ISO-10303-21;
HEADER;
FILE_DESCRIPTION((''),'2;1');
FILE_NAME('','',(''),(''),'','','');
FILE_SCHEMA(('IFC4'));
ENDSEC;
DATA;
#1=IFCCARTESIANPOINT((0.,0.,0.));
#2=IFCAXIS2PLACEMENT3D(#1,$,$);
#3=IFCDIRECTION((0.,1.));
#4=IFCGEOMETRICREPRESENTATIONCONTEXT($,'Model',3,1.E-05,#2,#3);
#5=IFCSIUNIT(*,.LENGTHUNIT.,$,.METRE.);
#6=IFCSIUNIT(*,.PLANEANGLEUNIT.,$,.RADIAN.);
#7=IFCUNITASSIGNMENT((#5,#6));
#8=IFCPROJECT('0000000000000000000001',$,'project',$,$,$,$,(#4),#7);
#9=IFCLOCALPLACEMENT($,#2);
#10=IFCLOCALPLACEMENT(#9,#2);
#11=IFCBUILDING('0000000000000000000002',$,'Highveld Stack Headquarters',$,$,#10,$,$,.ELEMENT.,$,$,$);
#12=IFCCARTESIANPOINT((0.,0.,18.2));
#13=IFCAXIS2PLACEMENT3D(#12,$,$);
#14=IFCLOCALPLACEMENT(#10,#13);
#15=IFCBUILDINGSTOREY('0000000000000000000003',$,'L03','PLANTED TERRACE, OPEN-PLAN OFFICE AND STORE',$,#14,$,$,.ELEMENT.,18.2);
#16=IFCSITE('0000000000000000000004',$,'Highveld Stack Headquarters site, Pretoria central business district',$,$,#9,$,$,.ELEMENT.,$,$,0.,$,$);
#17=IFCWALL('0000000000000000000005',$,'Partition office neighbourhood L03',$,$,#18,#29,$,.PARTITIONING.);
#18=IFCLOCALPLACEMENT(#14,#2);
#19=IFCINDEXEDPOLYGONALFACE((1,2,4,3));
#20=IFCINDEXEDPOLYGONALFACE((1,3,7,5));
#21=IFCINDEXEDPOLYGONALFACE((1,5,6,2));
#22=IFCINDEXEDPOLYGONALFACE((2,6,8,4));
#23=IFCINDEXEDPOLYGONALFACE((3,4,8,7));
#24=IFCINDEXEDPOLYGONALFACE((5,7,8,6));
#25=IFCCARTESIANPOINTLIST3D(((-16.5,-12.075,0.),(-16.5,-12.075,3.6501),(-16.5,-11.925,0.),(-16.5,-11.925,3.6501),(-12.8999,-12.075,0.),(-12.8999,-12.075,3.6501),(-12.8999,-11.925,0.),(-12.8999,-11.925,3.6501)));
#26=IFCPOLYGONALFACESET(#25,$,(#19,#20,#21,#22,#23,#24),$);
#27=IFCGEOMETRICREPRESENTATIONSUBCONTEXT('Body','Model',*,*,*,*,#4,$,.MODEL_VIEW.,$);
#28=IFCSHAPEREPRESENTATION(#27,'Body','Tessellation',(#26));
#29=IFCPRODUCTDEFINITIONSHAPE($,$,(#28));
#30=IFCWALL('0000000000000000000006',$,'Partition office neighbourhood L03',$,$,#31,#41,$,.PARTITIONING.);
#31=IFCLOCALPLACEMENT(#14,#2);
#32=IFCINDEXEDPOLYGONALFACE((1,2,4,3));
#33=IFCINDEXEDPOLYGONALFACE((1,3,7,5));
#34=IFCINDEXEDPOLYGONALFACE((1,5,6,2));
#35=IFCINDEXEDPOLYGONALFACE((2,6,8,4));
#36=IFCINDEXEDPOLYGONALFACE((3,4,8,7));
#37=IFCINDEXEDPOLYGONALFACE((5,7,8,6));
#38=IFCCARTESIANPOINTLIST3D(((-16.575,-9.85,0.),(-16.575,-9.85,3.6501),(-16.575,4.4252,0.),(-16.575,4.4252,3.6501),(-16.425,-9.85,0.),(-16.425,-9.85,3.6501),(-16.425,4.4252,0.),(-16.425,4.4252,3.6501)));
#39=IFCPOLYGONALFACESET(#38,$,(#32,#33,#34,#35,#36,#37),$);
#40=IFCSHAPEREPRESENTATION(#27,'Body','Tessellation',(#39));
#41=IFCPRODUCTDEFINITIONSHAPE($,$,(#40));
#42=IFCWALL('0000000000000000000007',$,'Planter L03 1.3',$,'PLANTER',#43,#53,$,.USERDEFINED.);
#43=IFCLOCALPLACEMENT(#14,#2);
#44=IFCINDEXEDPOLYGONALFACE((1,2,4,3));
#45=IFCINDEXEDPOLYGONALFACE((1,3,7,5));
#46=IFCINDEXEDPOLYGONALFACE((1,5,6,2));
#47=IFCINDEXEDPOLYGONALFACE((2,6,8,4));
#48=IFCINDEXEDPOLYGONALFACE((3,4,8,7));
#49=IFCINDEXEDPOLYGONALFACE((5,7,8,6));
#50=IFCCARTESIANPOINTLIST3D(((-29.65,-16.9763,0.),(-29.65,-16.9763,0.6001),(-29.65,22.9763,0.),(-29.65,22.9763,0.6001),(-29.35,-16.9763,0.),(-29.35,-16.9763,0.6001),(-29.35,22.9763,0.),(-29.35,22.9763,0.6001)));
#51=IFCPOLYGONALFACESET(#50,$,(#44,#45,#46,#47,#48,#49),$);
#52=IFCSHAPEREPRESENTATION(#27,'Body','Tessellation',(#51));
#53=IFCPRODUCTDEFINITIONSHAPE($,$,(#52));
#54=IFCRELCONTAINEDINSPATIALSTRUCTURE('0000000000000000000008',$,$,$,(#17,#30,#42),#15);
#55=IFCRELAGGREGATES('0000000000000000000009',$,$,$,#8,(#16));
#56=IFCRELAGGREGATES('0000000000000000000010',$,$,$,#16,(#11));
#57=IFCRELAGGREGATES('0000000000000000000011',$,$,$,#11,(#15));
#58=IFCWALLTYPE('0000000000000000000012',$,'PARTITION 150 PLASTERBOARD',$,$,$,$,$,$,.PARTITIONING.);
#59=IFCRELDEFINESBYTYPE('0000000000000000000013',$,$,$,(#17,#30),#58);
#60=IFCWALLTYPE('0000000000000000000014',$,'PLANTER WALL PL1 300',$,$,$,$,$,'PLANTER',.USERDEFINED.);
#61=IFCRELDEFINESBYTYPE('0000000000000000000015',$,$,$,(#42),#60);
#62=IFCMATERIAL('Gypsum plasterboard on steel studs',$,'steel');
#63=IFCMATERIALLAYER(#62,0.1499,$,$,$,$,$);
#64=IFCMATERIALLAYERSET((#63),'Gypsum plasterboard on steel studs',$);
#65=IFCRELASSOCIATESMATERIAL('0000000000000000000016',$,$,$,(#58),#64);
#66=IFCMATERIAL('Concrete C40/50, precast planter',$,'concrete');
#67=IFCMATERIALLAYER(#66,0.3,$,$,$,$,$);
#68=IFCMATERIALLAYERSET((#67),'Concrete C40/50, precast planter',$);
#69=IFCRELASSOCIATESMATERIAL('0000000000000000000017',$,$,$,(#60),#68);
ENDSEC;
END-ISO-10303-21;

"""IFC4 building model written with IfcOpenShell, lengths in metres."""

from ifc_helpers import new_model, si_unit, direction, frame, frame_2d, origin, place, context, subcontext, project, spatial, rectangle, extrude, material, layer, layer_set, type_object, element, save


model = new_model("IFC4")

# Units and contexts
model_context = context("Model", 3, precision=1e-05, world=origin(), true_north=direction((0.0, 1.0)))
body_context = subcontext(model_context, "Body", "Model", "MODEL_VIEW")
ifc_project = project(units=[si_unit("LENGTHUNIT", "METRE"), si_unit("PLANEANGLEUNIT", "RADIAN")], contexts=[model_context])

# Site, building, storey
site_placement = place(None, origin())
site = spatial("IfcSite", under=ifc_project, at=site_placement, Name="Highveld Stack Headquarters site, Pretoria central business district", CompositionType="ELEMENT", RefElevation=0.0)
building_placement = place(site_placement, origin())
building = spatial("IfcBuilding", under=site, at=building_placement, Name="Highveld Stack Headquarters", CompositionType="ELEMENT")
storey_placement = place(building_placement, frame((0.0, 0.0, 18.2)))
storey = spatial("IfcBuildingStorey", under=building, at=storey_placement, Name="L03", Description="PLANTED TERRACE, OPEN-PLAN OFFICE AND STORE", CompositionType="ELEMENT", Elevation=18.2)

# Shared definitions
ifc_material_1 = material(Name="Gypsum plasterboard on steel studs", Category="steel")
ifc_layer_1 = layer(ifc_material_1, 0.1499)
ifc_layer_set_1 = layer_set([ifc_layer_1], Name="Gypsum plasterboard on steel studs")
wall_type_1 = type_object("IfcWallType", Name="PARTITION 150 PLASTERBOARD", PredefinedType="PARTITIONING", material=ifc_layer_set_1)

# Walls
wall_1_placement = place(storey_placement, frame((-16.5, -12.0, 0.0), z_axis=(0.0, 0.0, 1.0), x_axis=(1.0, 0.0, 0.0)))
element("IfcWall", 1, at=wall_1_placement, inside=storey, type_object=wall_type_1, Name="Partition office neighbourhood L03", PredefinedType="PARTITIONING", context=body_context, shape_type="SweptSolid", body=[
    extrude(rectangle(XDim=3.6001, YDim=0.1499, at=frame_2d((1.8, 0.0))), origin(), (0.0, 0.0, 1.0), 3.6501),
])
wall_2_placement = place(storey_placement, frame((-16.5, -9.8501, 0.0), z_axis=(0.0, 0.0, 1.0), x_axis=(0.0, 1.0, 0.0)))
element("IfcWall", 2, at=wall_2_placement, inside=storey, type_object=wall_type_1, Name="Partition office neighbourhood L03", PredefinedType="PARTITIONING", context=body_context, shape_type="SweptSolid", body=[
    extrude(rectangle(XDim=14.2751, YDim=0.1499, at=frame_2d((7.1377, 0.0))), origin(), (0.0, 0.0, 1.0), 3.6501),
])
ifc_material_2 = material(Name="Concrete C40/50, precast planter", Category="concrete")
ifc_layer_2 = layer(ifc_material_2, 0.3)
ifc_layer_set_2 = layer_set([ifc_layer_2], Name="Concrete C40/50, precast planter")
wall_type_2 = type_object("IfcWallType", Name="PLANTER WALL PL1 300", ElementType="PLANTER", PredefinedType="USERDEFINED", material=ifc_layer_set_2)
wall_3_placement = place(storey_placement, frame((-29.5, -16.9763, 0.0), z_axis=(0.0, 0.0, 1.0), x_axis=(0.0, 1.0, 0.0)))
element("IfcWall", 3, at=wall_3_placement, inside=storey, type_object=wall_type_2, Name="Planter L03 1.3", ObjectType="PLANTER", PredefinedType="USERDEFINED", context=body_context, shape_type="SweptSolid", body=[
    extrude(rectangle(XDim=39.9526, YDim=0.3, at=frame_2d((19.9763, 0.0))), origin(), (0.0, 0.0, 1.0), 0.6001),
])

save(model, "model.ifc")
